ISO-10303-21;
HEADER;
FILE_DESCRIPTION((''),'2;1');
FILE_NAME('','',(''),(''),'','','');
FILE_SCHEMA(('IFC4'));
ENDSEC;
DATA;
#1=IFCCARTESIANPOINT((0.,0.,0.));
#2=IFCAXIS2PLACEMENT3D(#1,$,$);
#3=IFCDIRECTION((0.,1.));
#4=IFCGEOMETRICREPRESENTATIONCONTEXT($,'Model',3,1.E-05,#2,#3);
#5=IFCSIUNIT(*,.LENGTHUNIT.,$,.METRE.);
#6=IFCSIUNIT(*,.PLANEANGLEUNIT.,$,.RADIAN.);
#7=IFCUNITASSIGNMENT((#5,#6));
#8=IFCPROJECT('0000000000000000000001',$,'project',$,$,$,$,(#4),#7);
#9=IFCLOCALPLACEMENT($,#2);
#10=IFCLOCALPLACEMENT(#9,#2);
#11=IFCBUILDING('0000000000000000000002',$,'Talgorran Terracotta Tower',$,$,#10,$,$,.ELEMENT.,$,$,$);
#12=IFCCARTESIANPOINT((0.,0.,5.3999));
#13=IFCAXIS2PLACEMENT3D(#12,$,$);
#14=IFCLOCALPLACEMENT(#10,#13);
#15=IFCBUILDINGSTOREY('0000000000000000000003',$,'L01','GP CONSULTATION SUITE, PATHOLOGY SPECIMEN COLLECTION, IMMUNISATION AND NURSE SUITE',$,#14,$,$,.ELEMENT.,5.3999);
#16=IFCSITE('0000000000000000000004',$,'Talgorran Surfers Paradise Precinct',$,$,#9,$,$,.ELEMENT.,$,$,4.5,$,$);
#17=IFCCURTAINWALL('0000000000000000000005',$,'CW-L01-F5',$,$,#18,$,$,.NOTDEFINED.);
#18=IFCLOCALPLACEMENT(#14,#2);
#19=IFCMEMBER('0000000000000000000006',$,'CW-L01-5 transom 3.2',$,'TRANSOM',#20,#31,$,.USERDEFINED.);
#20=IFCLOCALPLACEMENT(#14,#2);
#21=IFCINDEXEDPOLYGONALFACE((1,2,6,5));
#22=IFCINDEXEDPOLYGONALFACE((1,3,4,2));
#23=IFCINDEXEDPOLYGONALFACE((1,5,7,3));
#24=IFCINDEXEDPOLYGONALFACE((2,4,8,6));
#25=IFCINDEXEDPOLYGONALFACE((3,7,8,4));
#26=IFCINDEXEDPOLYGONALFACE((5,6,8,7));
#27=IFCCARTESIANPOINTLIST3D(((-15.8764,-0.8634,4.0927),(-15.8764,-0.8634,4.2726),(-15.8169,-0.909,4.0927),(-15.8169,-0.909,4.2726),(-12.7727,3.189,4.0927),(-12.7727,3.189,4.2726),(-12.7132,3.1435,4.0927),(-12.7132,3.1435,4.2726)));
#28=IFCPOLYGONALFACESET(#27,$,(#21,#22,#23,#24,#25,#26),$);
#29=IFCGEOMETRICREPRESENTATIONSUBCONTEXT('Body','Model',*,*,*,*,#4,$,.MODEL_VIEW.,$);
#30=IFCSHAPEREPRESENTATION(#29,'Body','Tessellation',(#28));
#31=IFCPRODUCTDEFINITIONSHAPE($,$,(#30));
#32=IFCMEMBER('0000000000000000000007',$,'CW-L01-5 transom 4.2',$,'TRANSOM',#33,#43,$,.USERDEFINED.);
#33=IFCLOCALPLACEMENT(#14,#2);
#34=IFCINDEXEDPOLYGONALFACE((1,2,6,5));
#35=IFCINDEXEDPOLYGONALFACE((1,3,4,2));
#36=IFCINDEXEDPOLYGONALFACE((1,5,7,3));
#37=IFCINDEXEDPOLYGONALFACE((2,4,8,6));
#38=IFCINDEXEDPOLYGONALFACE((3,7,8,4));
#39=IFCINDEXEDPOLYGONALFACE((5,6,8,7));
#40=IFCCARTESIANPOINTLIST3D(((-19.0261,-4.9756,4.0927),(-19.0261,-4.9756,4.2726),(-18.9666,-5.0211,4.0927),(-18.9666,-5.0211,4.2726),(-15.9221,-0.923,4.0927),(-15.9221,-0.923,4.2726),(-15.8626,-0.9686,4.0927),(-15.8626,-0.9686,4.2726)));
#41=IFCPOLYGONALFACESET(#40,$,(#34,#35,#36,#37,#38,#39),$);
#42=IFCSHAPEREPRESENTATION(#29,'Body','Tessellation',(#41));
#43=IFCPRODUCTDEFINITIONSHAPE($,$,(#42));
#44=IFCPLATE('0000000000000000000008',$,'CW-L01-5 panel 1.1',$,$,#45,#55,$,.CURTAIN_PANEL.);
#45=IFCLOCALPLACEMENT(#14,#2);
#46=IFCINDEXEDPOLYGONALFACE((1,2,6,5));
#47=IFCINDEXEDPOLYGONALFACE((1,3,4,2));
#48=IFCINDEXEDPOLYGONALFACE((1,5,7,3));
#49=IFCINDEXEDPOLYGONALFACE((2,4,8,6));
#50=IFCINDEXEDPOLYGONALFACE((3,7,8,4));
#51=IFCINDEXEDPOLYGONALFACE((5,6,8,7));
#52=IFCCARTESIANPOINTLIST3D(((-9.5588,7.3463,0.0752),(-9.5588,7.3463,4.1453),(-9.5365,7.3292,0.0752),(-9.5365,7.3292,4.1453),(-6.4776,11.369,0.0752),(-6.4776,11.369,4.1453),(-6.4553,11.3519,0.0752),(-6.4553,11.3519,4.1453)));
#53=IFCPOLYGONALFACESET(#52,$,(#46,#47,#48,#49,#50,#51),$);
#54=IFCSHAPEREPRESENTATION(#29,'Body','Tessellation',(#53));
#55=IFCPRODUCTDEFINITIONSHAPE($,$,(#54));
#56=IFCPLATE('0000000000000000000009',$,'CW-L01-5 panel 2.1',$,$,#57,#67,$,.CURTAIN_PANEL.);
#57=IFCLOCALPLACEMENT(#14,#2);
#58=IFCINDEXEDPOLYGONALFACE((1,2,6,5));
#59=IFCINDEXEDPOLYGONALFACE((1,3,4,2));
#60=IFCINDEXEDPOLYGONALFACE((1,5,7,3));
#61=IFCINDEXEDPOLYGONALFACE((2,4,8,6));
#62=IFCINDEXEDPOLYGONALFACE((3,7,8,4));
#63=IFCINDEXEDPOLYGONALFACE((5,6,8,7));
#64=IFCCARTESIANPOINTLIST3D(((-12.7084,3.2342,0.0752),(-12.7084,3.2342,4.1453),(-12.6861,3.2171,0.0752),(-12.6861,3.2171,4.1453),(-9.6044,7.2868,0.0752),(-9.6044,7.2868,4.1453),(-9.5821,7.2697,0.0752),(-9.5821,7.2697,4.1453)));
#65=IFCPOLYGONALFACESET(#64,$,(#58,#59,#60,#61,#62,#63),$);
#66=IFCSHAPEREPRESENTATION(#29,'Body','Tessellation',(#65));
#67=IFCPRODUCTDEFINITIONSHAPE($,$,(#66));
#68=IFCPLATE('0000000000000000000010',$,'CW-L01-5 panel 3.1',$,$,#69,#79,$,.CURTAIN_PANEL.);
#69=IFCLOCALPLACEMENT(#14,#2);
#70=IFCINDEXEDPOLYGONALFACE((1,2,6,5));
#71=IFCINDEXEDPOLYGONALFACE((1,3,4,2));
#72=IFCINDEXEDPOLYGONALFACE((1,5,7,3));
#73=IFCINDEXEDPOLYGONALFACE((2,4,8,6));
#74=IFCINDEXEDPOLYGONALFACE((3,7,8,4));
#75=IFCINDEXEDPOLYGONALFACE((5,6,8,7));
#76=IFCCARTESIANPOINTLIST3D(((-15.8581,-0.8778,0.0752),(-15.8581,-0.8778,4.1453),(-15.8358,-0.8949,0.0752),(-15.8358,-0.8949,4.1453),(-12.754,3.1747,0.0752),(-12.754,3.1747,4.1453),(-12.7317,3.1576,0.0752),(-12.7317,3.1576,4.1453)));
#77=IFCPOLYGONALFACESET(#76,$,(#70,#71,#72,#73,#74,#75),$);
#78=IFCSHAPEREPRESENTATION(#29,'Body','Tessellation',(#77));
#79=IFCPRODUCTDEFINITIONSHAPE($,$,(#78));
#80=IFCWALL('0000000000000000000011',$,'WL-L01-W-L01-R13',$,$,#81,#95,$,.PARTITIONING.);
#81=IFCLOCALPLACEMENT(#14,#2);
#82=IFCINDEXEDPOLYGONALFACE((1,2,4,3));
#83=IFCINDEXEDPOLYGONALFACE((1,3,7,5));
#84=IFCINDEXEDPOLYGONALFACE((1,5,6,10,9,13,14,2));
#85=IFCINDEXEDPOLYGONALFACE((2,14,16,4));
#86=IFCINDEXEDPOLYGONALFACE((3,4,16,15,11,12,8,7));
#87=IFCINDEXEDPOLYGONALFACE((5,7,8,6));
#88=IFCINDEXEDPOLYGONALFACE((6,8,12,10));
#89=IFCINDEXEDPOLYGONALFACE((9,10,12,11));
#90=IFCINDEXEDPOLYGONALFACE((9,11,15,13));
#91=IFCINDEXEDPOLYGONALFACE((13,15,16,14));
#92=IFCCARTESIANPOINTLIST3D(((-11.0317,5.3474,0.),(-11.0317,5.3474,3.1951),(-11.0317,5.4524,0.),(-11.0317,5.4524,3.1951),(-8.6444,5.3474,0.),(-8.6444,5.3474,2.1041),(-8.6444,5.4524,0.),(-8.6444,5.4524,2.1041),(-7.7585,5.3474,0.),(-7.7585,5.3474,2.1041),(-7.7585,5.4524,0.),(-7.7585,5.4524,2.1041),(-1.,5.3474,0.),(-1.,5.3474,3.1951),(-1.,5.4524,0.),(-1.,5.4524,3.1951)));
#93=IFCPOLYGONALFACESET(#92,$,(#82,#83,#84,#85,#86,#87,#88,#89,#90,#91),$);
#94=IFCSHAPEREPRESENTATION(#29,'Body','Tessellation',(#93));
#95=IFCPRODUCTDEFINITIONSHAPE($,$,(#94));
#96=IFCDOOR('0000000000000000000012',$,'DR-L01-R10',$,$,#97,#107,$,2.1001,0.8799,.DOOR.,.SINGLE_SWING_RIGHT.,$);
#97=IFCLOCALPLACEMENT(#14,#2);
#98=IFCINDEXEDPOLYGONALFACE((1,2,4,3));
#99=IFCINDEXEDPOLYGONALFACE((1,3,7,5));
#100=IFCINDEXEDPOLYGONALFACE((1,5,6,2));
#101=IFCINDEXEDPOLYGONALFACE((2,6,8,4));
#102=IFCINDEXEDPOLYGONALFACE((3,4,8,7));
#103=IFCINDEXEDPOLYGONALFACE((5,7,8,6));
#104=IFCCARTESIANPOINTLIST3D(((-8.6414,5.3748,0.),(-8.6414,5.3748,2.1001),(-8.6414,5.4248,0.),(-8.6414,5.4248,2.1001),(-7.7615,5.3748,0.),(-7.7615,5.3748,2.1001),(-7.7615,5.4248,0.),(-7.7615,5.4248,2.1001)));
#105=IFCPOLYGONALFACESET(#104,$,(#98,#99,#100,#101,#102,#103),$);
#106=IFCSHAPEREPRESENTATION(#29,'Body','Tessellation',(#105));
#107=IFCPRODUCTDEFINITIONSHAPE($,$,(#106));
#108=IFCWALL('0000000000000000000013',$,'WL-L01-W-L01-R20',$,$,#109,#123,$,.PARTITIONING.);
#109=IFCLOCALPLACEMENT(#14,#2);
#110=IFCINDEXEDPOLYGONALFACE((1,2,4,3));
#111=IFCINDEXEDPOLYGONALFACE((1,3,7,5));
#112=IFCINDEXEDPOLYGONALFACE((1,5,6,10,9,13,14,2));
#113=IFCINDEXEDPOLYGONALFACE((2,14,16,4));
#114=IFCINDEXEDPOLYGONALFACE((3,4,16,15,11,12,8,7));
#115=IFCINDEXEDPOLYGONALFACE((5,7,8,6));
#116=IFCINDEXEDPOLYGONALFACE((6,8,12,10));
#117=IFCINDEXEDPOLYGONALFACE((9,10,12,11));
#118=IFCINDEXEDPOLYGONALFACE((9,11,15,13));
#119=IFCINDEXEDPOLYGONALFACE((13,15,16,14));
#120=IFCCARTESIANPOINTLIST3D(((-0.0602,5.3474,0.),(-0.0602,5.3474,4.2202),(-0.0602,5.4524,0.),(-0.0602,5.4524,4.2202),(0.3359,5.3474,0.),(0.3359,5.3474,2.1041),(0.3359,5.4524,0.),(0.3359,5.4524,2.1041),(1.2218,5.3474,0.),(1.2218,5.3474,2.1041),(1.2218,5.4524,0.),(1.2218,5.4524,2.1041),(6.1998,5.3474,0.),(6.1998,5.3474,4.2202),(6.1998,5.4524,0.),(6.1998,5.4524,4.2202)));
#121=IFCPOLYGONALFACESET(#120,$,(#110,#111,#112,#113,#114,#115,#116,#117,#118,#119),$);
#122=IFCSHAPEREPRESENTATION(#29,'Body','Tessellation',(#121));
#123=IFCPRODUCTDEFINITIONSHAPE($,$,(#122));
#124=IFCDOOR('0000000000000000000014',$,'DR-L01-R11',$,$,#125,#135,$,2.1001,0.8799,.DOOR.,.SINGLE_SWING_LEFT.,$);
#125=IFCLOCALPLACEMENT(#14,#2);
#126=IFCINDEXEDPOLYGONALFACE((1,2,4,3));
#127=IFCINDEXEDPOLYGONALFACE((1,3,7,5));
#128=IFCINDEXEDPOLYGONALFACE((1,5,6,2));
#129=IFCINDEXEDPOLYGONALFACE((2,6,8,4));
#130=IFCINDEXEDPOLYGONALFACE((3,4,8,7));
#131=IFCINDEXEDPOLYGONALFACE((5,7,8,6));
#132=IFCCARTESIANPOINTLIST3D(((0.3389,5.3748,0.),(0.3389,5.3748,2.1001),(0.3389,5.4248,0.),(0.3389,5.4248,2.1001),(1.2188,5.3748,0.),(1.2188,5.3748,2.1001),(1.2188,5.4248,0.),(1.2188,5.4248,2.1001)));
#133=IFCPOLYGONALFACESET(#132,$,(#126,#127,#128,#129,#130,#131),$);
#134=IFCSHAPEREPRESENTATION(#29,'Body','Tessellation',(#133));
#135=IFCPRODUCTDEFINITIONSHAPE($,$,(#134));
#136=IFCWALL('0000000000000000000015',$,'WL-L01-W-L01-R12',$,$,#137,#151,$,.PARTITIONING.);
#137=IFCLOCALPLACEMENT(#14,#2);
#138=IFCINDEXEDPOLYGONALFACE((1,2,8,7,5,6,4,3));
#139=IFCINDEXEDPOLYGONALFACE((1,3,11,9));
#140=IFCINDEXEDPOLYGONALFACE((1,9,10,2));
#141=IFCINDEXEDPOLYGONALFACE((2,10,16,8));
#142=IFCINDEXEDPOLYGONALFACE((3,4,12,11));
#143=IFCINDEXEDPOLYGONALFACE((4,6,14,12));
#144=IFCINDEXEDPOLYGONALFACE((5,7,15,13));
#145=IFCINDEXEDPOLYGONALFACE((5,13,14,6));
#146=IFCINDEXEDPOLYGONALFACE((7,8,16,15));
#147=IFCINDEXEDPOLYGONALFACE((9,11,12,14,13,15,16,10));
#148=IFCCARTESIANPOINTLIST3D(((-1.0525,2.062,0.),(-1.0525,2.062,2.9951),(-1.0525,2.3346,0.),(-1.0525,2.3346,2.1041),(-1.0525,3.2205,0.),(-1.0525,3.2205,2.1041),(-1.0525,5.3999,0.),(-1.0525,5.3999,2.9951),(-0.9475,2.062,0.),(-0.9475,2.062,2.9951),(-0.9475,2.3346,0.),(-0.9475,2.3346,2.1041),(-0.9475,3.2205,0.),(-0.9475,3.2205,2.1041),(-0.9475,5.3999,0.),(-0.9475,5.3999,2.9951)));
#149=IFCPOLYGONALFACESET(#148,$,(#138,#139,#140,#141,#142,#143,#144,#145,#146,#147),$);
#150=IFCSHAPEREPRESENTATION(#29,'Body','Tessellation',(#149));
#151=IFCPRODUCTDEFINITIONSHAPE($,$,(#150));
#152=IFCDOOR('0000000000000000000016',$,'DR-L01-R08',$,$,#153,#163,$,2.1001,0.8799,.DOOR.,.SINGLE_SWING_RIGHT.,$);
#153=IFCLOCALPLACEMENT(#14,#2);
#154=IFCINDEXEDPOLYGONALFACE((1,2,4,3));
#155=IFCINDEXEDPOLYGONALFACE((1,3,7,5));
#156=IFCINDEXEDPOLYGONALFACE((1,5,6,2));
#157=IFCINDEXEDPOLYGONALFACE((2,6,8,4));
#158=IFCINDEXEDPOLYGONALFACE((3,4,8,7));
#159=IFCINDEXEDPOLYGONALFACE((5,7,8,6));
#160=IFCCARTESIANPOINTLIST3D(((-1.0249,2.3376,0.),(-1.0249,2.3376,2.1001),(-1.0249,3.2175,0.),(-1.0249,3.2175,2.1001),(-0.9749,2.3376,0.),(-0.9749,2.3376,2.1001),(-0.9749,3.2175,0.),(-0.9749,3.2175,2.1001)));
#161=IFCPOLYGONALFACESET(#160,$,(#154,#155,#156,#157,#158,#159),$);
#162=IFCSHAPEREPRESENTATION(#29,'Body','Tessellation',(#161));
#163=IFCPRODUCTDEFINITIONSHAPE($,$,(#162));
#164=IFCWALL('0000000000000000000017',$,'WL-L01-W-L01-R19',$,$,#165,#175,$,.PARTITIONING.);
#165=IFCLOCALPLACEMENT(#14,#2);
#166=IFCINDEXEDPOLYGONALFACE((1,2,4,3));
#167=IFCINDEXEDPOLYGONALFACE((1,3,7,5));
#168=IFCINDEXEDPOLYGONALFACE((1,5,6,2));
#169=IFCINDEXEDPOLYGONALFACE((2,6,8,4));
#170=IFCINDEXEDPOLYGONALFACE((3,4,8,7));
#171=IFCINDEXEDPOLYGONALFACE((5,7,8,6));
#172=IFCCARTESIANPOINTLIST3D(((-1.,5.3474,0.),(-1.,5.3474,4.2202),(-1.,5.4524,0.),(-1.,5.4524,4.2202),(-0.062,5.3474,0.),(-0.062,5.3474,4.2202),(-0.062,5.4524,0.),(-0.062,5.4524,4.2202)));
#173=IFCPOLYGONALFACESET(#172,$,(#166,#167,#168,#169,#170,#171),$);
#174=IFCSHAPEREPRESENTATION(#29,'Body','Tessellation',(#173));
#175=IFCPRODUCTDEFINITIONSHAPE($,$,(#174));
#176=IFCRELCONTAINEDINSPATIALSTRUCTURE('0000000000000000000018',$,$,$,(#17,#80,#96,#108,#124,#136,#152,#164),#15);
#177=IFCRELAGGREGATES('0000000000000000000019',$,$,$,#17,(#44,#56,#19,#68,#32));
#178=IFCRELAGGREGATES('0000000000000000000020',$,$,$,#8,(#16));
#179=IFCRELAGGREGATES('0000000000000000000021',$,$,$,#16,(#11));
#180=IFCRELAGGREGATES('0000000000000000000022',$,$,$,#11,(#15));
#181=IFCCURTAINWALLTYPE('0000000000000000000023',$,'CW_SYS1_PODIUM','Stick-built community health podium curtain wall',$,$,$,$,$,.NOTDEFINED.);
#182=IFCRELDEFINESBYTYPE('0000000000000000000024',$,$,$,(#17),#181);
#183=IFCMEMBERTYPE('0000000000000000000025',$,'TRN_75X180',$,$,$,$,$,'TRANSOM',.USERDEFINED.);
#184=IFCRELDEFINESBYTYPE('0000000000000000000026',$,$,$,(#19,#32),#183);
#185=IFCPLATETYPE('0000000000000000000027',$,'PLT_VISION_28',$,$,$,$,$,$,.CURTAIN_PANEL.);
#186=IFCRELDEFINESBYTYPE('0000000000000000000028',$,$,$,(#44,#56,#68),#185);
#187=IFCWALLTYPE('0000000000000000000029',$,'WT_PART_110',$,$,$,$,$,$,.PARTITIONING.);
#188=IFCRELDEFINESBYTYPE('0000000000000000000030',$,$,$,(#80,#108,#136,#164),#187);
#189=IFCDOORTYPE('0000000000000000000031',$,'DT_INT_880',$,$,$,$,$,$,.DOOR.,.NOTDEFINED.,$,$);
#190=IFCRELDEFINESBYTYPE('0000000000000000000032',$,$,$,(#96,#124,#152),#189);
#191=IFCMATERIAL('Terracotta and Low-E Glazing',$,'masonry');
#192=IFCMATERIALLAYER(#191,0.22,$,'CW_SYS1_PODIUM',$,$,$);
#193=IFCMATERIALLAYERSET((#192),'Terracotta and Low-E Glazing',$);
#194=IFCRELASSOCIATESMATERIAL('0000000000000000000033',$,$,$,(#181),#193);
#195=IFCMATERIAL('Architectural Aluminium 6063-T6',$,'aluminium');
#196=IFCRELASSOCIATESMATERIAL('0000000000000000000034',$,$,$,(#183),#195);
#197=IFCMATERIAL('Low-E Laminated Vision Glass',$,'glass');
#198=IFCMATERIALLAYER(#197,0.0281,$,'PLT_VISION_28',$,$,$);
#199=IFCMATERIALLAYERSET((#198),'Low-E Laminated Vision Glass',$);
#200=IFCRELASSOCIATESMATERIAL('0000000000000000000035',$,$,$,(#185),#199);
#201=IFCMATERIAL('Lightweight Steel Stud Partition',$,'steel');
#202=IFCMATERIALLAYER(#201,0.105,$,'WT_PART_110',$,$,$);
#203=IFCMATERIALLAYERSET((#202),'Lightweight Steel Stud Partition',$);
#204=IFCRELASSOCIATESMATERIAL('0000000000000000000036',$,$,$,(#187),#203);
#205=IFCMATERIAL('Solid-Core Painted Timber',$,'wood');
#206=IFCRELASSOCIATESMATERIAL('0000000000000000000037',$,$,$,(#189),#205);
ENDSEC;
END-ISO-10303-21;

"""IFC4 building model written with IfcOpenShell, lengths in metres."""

from ifc_helpers import new_model, si_unit, direction, frame, frame_2d, origin, origin_2d, place, context, subcontext, project, spatial, rectangle, extrude, source, transform, mapped, material, layer, layer_set, material_profile, profile_set, type_object, type_shapes, element, fill, aggregate, save


model = new_model("IFC4")

# Units and contexts
model_context = context("Model", 3, precision=1e-05, world=origin(), true_north=direction((0.0, 1.0)))
body_context = subcontext(model_context, "Body", "Model", "MODEL_VIEW")
ifc_project = project(units=[si_unit("LENGTHUNIT", "METRE"), si_unit("PLANEANGLEUNIT", "RADIAN")], contexts=[model_context])

# Site, building, storey
site_placement = place(None, origin())
site = spatial("IfcSite", under=ifc_project, at=site_placement, Name="Talgorran Surfers Paradise Precinct", CompositionType="ELEMENT", RefElevation=4.5)
building_placement = place(site_placement, origin())
building = spatial("IfcBuilding", under=site, at=building_placement, Name="Talgorran Terracotta Tower", CompositionType="ELEMENT")
storey_placement = place(building_placement, frame((0.0, 0.0, 5.3999)))
storey = spatial("IfcBuildingStorey", under=building, at=storey_placement, Name="L01", Description="GP CONSULTATION SUITE, PATHOLOGY SPECIMEN COLLECTION, IMMUNISATION AND NURSE SUITE", CompositionType="ELEMENT", Elevation=5.3999)

# Curtain wall, members, plates
ifc_material_1 = material(Name="Terracotta and Low-E Glazing", Category="masonry")
ifc_layer_1 = layer(ifc_material_1, 0.22, Name="CW_SYS1_PODIUM")
ifc_layer_set_1 = layer_set([ifc_layer_1], Name="Terracotta and Low-E Glazing")
curtain_wall_type = type_object("IfcCurtainWallType", Name="CW_SYS1_PODIUM", Description="Stick-built community health podium curtain wall", PredefinedType="NOTDEFINED", material=ifc_layer_set_1)
curtain_wall_placement = place(storey_placement, origin())
curtain_wall = element("IfcCurtainWall", 1, at=curtain_wall_placement, inside=storey, type_object=curtain_wall_type, Name="CW-L01-F5", PredefinedType="NOTDEFINED")
ifc_material_2 = material(Name="Architectural Aluminium 6063-T6", Category="aluminium")
ifc_material_profile_1 = material_profile(ifc_material_2, rectangle(XDim=0.075, YDim=0.1799, at=origin_2d()), Name="CWT75X180")
ifc_profile_set_1 = profile_set([ifc_material_profile_1], Name="Architectural Aluminium 6063-T6")
member_type_1 = type_object("IfcMemberType", Name="TRN_75X180", ElementType="TRANSOM", PredefinedType="USERDEFINED", material=ifc_profile_set_1)
member_1_placement = place(storey_placement, frame((-12.7429, 3.1663, 4.1826), z_axis=(-0.608043, -0.793904, 0.0), x_axis=(0.793904, -0.608043, 0.0)))
member_1 = element("IfcMember", 2, at=member_1_placement, type_object=member_type_1, Name="CW-L01-5 transom 3.2", ObjectType="TRANSOM", PredefinedType="USERDEFINED", context=body_context, shape_type="SweptSolid", body=[
    extrude(rectangle(XDim=0.075, YDim=0.1799, at=origin_2d()), origin(), (0.0, 0.0, 1.0), 5.1045),
])
member_2_placement = place(storey_placement, frame((-15.8923, -0.9458, 4.1826), z_axis=(-0.608073, -0.793881, 0.0), x_axis=(0.793881, -0.608073, 0.0)))
member_2 = element("IfcMember", 3, at=member_2_placement, type_object=member_type_1, Name="CW-L01-5 transom 4.2", ObjectType="TRANSOM", PredefinedType="USERDEFINED", context=body_context, shape_type="SweptSolid", body=[
    extrude(rectangle(XDim=0.075, YDim=0.1799, at=origin_2d()), origin(), (0.0, 0.0, 1.0), 5.1047),
])
ifc_material_3 = material(Name="Low-E Laminated Vision Glass", Category="glass")
ifc_layer_2 = layer(ifc_material_3, 0.0281, Name="PLT_VISION_28")
ifc_layer_set_2 = layer_set([ifc_layer_2], Name="Low-E Laminated Vision Glass")
plate_type = type_object("IfcPlateType", Name="PLT_VISION_28", PredefinedType="CURTAIN_PANEL", material=ifc_layer_set_2)
shared_shape_1 = source(origin(), body_context, "Body", "SweptSolid", [
    extrude(rectangle(XDim=5.0671, YDim=0.0281, at=origin_2d()), origin(), (0.0, 0.0, 1.0), 4.0701),
])
plate_1_placement = place(storey_placement, frame((-8.0071, 9.3491, 0.0752), z_axis=(0.0, 0.0, 1.0), x_axis=(-0.608075, -0.79388, 0.0)))
plate_1 = element("IfcPlate", 4, at=plate_1_placement, type_object=plate_type, Name="CW-L01-5 panel 1.1", PredefinedType="CURTAIN_PANEL", context=body_context, shape_type="MappedRepresentation", body=[
    mapped(shared_shape_1, transform((0.0, 0.0, 0.0), scale=1.0)),
])
shared_shape_2 = source(origin(), body_context, "Body", "SweptSolid", [
    extrude(rectangle(XDim=5.1047, YDim=0.0281, at=origin_2d()), origin(), (0.0, 0.0, 1.0), 4.0701),
])
type_shapes(plate_type, [shared_shape_1, shared_shape_2])
plate_2_placement = place(storey_placement, frame((-11.1453, 5.252, 0.0752), z_axis=(0.0, 0.0, 1.0), x_axis=(-0.608075, -0.79388, 0.0)))
plate_2 = element("IfcPlate", 5, at=plate_2_placement, type_object=plate_type, Name="CW-L01-5 panel 2.1", PredefinedType="CURTAIN_PANEL", context=body_context, shape_type="MappedRepresentation", body=[
    mapped(shared_shape_2, transform((0.0, 0.0, 0.0), scale=1.0)),
])
plate_3_placement = place(storey_placement, frame((-14.2949, 1.1399, 0.0752), z_axis=(0.0, 0.0, 1.0), x_axis=(-0.608075, -0.79388, 0.0)))
plate_3 = element("IfcPlate", 6, at=plate_3_placement, type_object=plate_type, Name="CW-L01-5 panel 3.1", PredefinedType="CURTAIN_PANEL", context=body_context, shape_type="MappedRepresentation", body=[
    mapped(shared_shape_2, transform((0.0, 0.0, 0.0), scale=1.0)),
])
aggregate(curtain_wall, [plate_1, plate_2, member_1, plate_3, member_2])

# Walls, openings, doors
ifc_material_4 = material(Name="Lightweight Steel Stud Partition", Category="steel")
ifc_layer_3 = layer(ifc_material_4, 0.105, Name="WT_PART_110")
ifc_layer_set_3 = layer_set([ifc_layer_3], Name="Lightweight Steel Stud Partition")
wall_type_1 = type_object("IfcWallType", Name="WT_PART_110", PredefinedType="PARTITIONING", material=ifc_layer_set_3)
wall_1_placement = place(storey_placement, frame((-11.0317, 5.3999, 0.0), z_axis=(0.0, 0.0, 1.0), x_axis=(1.0, 0.0, 0.0)))
wall_1 = element("IfcWall", 7, at=wall_1_placement, inside=storey, type_object=wall_type_1, Name="WL-L01-W-L01-R13", PredefinedType="PARTITIONING", context=body_context, shape_type="SweptSolid", body=[
    extrude(rectangle(XDim=10.0317, YDim=0.105, at=frame_2d((5.0159, 0.0))), origin(), (0.0, 0.0, 1.0), 3.1951),
])
opening_1_placement = place(wall_1_placement, frame((2.3904, 0.0, 0.0)))
opening_1 = element("IfcOpeningElement", 8, at=opening_1_placement, cuts=wall_1, PredefinedType="OPENING", context=body_context, shape_type="SweptSolid", body=[
    extrude(rectangle(XDim=0.8859, YDim=2.1041, at=frame_2d((0.4399, 1.052))), frame((0.0, 0.0625, 0.0), z_axis=(0.0, -1.0, 0.0), x_axis=(1.0, 0.0, 0.0)), (0.0, 0.0, 1.0), 0.125),
])
ifc_material_5 = material(Name="Solid-Core Painted Timber", Category="wood")
door_type = type_object("IfcDoorType", Name="DT_INT_880", OperationType="NOTDEFINED", PredefinedType="DOOR", material=ifc_material_5)
door_1_placement = place(opening_1_placement, origin())
door_1 = element("IfcDoor", 9, at=door_1_placement, inside=storey, type_object=door_type, Name="DR-L01-R10", OperationType="SINGLE_SWING_RIGHT", OverallHeight=2.1001, OverallWidth=0.8799, PredefinedType="DOOR", context=body_context, shape_type="SweptSolid", body=[
    extrude(rectangle(XDim=0.8799, YDim=2.1001, at=frame_2d((0.4399, 1.05))), frame((0.0, 0.0249, 0.0), z_axis=(0.0, -1.0, 0.0), x_axis=(1.0, 0.0, 0.0)), (0.0, 0.0, 1.0), 0.05),
])
fill(opening_1, door_1)
wall_2_placement = place(storey_placement, frame((-0.0601, 5.3999, 0.0), z_axis=(0.0, 0.0, 1.0), x_axis=(1.0, 0.0, 0.0)))
wall_2 = element("IfcWall", 10, at=wall_2_placement, inside=storey, type_object=wall_type_1, Name="WL-L01-W-L01-R20", PredefinedType="PARTITIONING", context=body_context, shape_type="SweptSolid", body=[
    extrude(rectangle(XDim=6.26, YDim=0.105, at=frame_2d((3.1299, 0.0))), origin(), (0.0, 0.0, 1.0), 4.2202),
])
opening_2_placement = place(wall_2_placement, frame((0.3989, 0.0, 0.0)))
opening_2 = element("IfcOpeningElement", 11, at=opening_2_placement, cuts=wall_2, PredefinedType="OPENING", context=body_context, shape_type="SweptSolid", body=[
    extrude(rectangle(XDim=0.8859, YDim=2.1041, at=frame_2d((0.4399, 1.052))), frame((0.0, 0.0625, 0.0), z_axis=(0.0, -1.0, 0.0), x_axis=(1.0, 0.0, 0.0)), (0.0, 0.0, 1.0), 0.125),
])
door_2_placement = place(opening_2_placement, origin())
door_2 = element("IfcDoor", 12, at=door_2_placement, inside=storey, type_object=door_type, Name="DR-L01-R11", OperationType="SINGLE_SWING_LEFT", OverallHeight=2.1001, OverallWidth=0.8799, PredefinedType="DOOR", context=body_context, shape_type="SweptSolid", body=[
    extrude(rectangle(XDim=0.8799, YDim=2.1001, at=frame_2d((0.4399, 1.05))), frame((0.0, 0.0249, 0.0), z_axis=(0.0, -1.0, 0.0), x_axis=(1.0, 0.0, 0.0)), (0.0, 0.0, 1.0), 0.05),
])
fill(opening_2, door_2)
wall_3_placement = place(storey_placement, frame((-1.0, 2.062, 0.0), z_axis=(0.0, 0.0, 1.0), x_axis=(0.0, 1.0, 0.0)))
wall_3 = element("IfcWall", 13, at=wall_3_placement, inside=storey, type_object=wall_type_1, Name="WL-L01-W-L01-R12", PredefinedType="PARTITIONING", context=body_context, shape_type="SweptSolid", body=[
    extrude(rectangle(XDim=3.3379, YDim=0.105, at=frame_2d((1.6689, 0.0))), origin(), (0.0, 0.0, 1.0), 2.9951),
])
opening_3_placement = place(wall_3_placement, frame((0.2756, 0.0, 0.0)))
opening_3 = element("IfcOpeningElement", 14, at=opening_3_placement, cuts=wall_3, PredefinedType="OPENING", context=body_context, shape_type="SweptSolid", body=[
    extrude(rectangle(XDim=0.8859, YDim=2.1041, at=frame_2d((0.4399, 1.052))), frame((0.0, 0.0625, 0.0), z_axis=(0.0, -1.0, 0.0), x_axis=(1.0, 0.0, 0.0)), (0.0, 0.0, 1.0), 0.125),
])
door_3_placement = place(opening_3_placement, origin())
door_3 = element("IfcDoor", 15, at=door_3_placement, inside=storey, type_object=door_type, Name="DR-L01-R08", OperationType="SINGLE_SWING_RIGHT", OverallHeight=2.1001, OverallWidth=0.8799, PredefinedType="DOOR", context=body_context, shape_type="SweptSolid", body=[
    extrude(rectangle(XDim=0.8799, YDim=2.1001, at=frame_2d((0.4399, 1.05))), frame((0.0, 0.0249, 0.0), z_axis=(0.0, -1.0, 0.0), x_axis=(1.0, 0.0, 0.0)), (0.0, 0.0, 1.0), 0.05),
])
fill(opening_3, door_3)

# Wall
wall_4_placement = place(storey_placement, frame((-1.0, 5.3999, 0.0), z_axis=(0.0, 0.0, 1.0), x_axis=(1.0, 0.0, 0.0)))
element("IfcWall", 16, at=wall_4_placement, inside=storey, type_object=wall_type_1, Name="WL-L01-W-L01-R19", PredefinedType="PARTITIONING", context=body_context, shape_type="SweptSolid", body=[
    extrude(rectangle(XDim=0.938, YDim=0.105, at=frame_2d((0.469, 0.0))), origin(), (0.0, 0.0, 1.0), 4.2202),
])

save(model, "model.ifc")
